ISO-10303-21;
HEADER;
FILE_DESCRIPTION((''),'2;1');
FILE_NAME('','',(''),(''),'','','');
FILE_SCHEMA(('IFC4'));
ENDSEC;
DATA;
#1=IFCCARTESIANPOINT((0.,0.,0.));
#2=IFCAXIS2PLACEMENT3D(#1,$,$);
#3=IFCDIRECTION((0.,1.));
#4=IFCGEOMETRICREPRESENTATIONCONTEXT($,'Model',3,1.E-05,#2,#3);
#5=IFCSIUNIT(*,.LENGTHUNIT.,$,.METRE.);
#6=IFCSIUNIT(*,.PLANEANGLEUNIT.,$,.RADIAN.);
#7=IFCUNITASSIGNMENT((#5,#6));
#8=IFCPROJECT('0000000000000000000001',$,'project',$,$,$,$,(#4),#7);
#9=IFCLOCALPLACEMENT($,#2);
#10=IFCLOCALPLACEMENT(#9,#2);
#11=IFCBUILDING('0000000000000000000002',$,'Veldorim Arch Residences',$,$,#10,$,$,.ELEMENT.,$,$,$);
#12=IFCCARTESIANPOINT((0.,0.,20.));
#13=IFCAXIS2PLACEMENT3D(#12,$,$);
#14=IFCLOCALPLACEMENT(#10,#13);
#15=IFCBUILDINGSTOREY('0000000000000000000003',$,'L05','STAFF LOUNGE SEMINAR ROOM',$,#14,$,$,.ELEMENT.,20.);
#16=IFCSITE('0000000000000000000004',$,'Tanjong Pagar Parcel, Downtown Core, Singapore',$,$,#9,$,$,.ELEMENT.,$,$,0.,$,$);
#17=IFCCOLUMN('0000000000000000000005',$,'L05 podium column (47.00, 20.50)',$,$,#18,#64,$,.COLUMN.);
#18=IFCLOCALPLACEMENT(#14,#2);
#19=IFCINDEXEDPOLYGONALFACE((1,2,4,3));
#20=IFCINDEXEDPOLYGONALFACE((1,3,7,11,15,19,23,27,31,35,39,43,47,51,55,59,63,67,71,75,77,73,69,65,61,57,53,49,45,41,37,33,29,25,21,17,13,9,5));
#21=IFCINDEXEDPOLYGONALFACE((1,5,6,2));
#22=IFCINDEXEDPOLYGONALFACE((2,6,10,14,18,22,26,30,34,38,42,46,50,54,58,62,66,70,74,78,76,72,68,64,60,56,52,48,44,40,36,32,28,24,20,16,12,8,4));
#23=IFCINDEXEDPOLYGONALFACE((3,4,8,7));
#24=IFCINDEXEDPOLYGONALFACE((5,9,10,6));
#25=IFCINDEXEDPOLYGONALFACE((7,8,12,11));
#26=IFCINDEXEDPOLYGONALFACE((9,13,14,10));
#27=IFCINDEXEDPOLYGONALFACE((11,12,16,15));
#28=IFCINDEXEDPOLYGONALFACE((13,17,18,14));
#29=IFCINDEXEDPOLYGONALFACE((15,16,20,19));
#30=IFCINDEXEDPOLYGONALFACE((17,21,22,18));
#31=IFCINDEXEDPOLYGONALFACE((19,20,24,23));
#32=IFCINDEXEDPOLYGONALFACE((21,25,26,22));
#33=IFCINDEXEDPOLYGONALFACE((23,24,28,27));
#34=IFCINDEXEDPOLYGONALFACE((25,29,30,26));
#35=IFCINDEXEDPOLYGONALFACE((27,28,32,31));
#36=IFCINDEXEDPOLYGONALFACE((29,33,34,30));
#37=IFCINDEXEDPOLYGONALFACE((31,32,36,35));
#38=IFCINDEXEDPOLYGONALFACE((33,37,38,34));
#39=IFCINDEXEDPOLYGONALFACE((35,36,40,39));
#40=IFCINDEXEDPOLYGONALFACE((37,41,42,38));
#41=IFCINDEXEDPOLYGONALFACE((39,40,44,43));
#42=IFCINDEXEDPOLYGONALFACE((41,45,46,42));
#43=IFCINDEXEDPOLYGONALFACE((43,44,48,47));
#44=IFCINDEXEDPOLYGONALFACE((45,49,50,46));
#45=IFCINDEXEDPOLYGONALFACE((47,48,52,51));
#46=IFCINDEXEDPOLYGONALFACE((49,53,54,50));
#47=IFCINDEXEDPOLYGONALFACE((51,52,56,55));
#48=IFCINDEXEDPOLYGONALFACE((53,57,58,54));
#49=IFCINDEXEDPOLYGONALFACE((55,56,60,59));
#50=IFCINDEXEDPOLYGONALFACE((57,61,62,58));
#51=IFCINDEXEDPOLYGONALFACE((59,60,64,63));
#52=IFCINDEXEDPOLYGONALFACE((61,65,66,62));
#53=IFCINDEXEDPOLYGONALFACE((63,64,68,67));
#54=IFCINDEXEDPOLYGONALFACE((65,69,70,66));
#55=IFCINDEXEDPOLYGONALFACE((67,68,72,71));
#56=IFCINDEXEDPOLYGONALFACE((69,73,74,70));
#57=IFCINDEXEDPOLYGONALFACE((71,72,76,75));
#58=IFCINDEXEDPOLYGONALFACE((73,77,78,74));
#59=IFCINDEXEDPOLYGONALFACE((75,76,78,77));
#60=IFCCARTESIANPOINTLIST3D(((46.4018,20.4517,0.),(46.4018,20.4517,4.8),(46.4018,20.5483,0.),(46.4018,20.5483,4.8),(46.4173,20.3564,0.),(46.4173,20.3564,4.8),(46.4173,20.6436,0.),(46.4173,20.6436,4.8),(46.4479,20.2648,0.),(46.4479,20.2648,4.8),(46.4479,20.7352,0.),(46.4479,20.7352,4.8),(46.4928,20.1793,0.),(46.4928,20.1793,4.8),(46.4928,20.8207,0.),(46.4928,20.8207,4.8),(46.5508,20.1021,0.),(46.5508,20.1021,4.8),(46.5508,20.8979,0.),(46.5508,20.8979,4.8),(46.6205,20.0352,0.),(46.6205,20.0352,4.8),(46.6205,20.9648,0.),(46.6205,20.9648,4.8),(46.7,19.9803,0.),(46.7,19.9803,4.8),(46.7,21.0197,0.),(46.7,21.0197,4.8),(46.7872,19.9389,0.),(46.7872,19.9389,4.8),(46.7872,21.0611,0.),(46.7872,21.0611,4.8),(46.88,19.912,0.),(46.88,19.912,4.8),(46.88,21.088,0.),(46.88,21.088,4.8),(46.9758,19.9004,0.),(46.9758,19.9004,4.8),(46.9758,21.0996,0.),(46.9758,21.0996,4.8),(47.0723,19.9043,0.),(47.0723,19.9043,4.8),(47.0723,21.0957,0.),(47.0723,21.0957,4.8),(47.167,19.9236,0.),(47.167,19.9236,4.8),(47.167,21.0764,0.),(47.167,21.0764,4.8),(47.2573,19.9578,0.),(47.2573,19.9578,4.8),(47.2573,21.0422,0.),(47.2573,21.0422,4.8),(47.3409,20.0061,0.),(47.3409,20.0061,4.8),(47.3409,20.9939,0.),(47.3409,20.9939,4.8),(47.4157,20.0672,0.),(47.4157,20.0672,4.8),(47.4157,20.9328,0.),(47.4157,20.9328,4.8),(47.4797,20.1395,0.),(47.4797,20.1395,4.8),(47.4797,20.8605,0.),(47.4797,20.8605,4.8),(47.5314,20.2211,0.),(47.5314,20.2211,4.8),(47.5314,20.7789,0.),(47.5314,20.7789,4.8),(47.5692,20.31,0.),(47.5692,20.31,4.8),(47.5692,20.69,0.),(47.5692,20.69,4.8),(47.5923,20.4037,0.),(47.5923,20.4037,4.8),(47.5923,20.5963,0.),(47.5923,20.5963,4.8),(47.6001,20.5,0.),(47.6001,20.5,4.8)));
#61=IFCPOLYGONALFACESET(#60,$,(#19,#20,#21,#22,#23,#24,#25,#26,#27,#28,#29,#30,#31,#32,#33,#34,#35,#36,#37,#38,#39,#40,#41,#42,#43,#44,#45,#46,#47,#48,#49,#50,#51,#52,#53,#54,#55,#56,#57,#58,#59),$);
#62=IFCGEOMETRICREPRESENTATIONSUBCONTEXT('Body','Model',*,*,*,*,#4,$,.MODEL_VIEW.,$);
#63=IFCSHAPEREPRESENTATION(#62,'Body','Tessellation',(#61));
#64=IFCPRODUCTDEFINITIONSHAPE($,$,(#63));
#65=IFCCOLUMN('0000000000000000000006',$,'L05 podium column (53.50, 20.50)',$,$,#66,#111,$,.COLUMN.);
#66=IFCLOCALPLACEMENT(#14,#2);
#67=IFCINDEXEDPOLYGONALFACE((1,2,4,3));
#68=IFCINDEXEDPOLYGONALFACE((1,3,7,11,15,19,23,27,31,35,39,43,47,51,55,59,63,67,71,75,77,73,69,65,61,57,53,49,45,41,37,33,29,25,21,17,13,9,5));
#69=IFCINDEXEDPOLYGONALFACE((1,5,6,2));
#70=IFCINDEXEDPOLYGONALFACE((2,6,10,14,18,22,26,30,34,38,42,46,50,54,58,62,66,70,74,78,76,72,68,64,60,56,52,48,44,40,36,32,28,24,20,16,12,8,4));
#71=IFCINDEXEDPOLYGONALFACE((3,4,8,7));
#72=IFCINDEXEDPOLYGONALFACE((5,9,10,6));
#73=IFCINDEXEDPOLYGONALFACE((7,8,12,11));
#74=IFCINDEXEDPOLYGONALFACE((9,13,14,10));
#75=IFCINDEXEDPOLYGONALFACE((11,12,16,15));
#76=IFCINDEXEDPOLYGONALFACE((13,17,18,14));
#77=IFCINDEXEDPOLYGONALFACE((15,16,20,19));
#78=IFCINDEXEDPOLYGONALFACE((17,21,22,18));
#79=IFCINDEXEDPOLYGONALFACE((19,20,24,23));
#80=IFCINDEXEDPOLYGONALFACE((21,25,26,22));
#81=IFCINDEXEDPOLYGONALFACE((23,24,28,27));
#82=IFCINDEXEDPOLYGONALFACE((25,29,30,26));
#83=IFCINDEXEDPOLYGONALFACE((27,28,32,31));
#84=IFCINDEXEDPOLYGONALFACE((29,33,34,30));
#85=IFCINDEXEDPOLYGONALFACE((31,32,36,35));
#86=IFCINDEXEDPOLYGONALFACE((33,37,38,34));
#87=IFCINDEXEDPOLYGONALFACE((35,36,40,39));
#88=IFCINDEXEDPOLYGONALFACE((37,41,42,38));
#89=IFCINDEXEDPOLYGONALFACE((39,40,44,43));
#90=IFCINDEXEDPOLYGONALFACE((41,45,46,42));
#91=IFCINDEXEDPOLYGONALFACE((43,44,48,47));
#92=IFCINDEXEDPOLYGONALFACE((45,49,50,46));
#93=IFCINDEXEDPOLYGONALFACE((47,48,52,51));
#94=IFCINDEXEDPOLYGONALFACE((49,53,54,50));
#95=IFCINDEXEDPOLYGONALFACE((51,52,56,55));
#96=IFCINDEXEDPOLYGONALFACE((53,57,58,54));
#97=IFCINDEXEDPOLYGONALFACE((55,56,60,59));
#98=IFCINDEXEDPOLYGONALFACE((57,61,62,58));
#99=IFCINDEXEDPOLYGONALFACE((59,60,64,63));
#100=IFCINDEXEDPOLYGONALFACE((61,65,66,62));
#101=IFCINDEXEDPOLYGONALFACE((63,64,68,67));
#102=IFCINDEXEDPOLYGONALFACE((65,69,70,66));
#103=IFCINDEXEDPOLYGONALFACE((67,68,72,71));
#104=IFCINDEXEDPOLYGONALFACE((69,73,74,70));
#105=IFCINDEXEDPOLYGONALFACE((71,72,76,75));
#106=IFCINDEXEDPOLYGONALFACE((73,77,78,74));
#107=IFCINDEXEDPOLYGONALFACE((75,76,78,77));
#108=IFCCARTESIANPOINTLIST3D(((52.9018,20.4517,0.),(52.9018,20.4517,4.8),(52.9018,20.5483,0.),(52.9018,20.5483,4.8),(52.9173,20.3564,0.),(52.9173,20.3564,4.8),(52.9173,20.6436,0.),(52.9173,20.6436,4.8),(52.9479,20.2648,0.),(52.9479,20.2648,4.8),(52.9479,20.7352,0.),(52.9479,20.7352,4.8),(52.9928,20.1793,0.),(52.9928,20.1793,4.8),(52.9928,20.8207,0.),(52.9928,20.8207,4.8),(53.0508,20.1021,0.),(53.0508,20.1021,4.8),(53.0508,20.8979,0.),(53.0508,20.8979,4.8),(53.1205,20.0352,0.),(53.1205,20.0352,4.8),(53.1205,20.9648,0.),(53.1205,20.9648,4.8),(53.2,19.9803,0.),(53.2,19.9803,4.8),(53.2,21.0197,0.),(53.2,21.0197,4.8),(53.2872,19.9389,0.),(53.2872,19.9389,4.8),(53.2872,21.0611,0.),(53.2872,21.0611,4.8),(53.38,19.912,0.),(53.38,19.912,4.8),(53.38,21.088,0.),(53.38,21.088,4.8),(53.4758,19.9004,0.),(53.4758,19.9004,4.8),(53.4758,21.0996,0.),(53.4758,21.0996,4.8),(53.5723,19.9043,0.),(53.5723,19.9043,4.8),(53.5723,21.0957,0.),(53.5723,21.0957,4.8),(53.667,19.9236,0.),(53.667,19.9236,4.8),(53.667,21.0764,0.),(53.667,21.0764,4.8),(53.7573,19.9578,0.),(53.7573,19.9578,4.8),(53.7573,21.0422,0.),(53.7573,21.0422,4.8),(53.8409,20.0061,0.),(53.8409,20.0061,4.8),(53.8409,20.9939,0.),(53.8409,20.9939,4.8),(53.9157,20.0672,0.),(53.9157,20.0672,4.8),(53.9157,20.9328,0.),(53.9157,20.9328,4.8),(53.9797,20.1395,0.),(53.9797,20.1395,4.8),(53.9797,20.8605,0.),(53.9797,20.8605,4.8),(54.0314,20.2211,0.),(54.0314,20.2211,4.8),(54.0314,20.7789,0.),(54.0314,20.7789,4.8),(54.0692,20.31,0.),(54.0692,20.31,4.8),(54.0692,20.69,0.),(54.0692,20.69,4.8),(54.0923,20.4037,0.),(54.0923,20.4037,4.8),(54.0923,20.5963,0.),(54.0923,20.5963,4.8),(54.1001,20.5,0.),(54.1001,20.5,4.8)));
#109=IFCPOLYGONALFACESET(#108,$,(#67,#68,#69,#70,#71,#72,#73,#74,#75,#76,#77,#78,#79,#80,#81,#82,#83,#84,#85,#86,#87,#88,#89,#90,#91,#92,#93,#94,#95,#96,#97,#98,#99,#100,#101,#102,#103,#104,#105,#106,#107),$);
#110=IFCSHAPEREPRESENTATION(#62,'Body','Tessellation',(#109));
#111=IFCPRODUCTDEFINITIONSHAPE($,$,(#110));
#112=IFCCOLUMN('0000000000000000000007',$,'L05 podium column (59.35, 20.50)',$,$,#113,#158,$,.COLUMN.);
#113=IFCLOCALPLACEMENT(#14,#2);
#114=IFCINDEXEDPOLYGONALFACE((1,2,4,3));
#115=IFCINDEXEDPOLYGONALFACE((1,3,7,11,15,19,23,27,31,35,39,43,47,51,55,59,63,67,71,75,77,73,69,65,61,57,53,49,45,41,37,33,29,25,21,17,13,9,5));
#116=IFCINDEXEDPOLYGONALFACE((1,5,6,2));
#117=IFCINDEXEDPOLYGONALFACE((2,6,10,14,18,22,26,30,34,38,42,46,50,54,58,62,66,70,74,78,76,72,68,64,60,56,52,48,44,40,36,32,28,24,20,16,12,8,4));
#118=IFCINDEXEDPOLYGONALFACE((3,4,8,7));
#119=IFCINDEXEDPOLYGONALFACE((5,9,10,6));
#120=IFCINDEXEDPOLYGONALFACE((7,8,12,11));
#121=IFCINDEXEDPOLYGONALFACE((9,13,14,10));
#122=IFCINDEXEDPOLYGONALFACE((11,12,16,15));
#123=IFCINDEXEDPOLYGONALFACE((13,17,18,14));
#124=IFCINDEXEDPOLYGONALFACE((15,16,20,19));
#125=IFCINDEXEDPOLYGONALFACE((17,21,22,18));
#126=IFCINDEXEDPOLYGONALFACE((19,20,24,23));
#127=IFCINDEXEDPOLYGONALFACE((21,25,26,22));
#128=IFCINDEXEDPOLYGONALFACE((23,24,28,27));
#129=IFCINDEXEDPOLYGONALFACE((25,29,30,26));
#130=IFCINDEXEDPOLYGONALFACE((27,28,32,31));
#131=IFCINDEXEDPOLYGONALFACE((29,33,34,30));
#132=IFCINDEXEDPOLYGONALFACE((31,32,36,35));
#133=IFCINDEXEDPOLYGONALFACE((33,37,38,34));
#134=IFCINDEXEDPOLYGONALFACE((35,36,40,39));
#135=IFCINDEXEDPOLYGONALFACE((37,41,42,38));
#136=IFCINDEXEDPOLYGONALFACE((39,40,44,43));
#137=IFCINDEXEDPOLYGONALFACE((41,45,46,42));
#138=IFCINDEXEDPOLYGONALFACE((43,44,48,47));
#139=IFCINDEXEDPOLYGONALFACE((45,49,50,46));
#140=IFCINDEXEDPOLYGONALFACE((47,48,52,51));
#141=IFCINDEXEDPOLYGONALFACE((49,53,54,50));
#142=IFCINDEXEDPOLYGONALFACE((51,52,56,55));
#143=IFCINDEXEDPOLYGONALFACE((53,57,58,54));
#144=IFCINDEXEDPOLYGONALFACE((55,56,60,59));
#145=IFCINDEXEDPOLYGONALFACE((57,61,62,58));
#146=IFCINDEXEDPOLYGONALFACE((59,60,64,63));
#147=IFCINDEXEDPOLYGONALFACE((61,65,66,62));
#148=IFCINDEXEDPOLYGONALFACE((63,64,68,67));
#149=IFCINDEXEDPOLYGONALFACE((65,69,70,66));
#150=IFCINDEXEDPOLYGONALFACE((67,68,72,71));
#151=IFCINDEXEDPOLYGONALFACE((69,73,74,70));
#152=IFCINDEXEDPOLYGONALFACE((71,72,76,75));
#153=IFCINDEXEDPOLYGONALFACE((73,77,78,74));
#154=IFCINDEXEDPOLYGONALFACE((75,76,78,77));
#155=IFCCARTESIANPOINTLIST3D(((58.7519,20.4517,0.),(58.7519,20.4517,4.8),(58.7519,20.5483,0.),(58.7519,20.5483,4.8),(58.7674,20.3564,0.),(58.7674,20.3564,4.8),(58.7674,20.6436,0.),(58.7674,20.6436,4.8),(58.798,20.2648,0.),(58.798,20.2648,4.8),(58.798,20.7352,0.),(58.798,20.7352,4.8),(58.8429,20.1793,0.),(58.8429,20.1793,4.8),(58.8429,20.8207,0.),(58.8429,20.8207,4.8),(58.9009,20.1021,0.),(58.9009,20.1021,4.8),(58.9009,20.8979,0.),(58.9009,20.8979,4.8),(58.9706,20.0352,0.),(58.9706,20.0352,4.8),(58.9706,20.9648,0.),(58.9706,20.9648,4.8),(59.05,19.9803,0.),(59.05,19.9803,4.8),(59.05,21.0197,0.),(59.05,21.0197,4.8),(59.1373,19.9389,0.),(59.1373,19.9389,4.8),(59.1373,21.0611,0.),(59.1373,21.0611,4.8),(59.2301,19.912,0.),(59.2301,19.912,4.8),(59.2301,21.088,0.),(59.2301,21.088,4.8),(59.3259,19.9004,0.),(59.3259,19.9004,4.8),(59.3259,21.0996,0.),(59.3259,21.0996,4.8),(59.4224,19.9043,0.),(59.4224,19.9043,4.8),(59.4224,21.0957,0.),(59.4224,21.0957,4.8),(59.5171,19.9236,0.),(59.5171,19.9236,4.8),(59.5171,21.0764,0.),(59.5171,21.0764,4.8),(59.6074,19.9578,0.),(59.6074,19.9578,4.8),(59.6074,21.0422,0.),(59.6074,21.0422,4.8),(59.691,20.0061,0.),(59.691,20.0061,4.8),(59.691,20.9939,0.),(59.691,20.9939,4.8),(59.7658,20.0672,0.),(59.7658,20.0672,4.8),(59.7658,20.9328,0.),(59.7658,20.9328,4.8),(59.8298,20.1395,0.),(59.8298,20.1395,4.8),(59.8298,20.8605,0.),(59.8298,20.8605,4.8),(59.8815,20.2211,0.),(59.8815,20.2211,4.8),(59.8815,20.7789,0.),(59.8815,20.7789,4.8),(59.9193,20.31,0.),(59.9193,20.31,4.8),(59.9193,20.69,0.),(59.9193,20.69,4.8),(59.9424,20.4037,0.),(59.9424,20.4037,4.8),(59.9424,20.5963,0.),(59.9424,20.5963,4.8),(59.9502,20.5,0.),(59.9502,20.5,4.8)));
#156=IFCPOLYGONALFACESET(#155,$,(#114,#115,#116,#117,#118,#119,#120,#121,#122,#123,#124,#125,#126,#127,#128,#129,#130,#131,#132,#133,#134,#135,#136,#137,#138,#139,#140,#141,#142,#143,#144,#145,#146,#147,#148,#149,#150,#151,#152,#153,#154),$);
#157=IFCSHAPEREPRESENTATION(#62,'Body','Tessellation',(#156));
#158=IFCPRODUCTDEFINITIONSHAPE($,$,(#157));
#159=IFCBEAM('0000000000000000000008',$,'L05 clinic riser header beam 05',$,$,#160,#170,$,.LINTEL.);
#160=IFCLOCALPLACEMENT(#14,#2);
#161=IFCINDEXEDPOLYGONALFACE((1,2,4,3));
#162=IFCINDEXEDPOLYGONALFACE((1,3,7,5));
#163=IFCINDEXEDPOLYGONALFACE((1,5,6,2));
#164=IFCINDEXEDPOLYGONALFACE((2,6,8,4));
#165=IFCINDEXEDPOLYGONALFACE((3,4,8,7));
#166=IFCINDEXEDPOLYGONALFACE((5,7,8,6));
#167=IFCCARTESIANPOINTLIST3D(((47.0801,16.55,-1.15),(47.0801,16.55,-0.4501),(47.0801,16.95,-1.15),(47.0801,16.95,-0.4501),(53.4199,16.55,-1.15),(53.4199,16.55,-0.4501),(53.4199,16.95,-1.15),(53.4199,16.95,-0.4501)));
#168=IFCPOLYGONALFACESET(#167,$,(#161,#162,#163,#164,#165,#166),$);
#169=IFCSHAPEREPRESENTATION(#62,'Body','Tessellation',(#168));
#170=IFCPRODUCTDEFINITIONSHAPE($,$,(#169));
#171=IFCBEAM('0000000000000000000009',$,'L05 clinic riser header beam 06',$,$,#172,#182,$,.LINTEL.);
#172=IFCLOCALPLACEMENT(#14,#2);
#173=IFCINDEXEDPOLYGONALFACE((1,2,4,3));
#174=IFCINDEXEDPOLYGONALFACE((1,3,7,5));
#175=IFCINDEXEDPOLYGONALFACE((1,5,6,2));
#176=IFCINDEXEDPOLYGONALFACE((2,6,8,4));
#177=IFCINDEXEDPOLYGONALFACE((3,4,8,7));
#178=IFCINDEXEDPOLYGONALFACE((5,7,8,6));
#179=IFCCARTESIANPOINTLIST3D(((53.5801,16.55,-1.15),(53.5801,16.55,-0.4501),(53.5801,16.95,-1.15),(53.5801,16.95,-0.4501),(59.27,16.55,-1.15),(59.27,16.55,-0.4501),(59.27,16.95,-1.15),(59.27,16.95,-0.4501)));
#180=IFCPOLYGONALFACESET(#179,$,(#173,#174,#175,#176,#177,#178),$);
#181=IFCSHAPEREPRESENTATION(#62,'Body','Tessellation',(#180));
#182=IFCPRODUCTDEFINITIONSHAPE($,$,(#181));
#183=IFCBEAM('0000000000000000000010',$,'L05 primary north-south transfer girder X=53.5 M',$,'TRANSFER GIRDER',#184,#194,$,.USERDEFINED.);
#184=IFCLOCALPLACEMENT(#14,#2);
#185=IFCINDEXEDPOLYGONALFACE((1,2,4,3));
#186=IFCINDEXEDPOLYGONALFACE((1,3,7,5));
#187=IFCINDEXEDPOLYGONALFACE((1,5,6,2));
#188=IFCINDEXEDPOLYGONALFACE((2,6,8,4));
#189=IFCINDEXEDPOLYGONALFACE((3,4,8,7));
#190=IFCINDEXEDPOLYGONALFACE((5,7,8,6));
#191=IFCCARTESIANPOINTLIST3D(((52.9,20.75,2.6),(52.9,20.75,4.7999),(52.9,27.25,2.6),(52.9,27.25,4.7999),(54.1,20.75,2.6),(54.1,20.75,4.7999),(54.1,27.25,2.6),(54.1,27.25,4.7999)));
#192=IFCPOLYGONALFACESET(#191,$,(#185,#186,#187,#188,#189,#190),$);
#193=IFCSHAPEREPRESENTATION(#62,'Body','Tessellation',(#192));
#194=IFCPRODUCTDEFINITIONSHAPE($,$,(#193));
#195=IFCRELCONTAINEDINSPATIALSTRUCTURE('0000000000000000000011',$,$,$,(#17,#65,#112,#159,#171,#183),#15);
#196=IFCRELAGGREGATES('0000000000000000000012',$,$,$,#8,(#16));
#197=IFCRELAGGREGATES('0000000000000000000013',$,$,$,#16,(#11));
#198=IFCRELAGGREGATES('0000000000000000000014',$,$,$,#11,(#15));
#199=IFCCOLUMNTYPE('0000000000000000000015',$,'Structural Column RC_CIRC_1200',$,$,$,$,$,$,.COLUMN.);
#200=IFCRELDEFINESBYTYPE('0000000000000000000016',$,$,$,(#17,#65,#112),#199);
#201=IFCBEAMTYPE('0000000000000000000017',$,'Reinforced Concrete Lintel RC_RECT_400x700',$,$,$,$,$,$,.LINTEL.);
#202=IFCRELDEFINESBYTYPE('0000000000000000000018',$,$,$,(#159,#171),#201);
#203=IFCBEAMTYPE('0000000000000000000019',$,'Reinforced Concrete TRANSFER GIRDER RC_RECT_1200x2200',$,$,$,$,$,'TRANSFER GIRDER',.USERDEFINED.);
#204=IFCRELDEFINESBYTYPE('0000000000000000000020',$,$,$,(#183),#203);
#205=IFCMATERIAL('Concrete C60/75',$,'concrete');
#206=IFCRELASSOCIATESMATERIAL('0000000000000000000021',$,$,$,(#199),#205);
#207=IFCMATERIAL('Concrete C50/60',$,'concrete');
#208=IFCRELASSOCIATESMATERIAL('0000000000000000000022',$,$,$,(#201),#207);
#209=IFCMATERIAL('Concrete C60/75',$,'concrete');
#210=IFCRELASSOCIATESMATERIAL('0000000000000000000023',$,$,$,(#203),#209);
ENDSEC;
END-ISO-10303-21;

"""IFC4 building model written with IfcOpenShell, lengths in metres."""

from ifc_helpers import new_model, si_unit, direction, frame, origin, origin_2d, place, context, subcontext, project, spatial, rectangle, circle, extrude, material, material_profile, profile_set, type_object, element, save


model = new_model("IFC4")

# Units and contexts
model_context = context("Model", 3, precision=1e-05, world=origin(), true_north=direction((0.0, 1.0)))
body_context = subcontext(model_context, "Body", "Model", "MODEL_VIEW")
ifc_project = project(units=[si_unit("LENGTHUNIT", "METRE"), si_unit("PLANEANGLEUNIT", "RADIAN")], contexts=[model_context])

# Site, building, storey
site_placement = place(None, origin())
site = spatial("IfcSite", under=ifc_project, at=site_placement, Name="Tanjong Pagar Parcel, Downtown Core, Singapore", CompositionType="ELEMENT", RefElevation=0.0)
building_placement = place(site_placement, origin())
building = spatial("IfcBuilding", under=site, at=building_placement, Name="Veldorim Arch Residences", CompositionType="ELEMENT")
storey_placement = place(building_placement, frame((0.0, 0.0, 20.0)))
storey = spatial("IfcBuildingStorey", under=building, at=storey_placement, Name="L05", Description="STAFF LOUNGE SEMINAR ROOM", CompositionType="ELEMENT", Elevation=20.0)

# Columns
ifc_material_1 = material(Name="Concrete C60/75", Category="concrete")
ifc_material_profile_1 = material_profile(ifc_material_1, circle(Radius=0.6001, at=origin_2d()), Name="RC_CIRC_1200")
ifc_profile_set_1 = profile_set([ifc_material_profile_1], Name="Concrete C60/75")
column_type = type_object("IfcColumnType", Name="Structural Column RC_CIRC_1200", PredefinedType="COLUMN", material=ifc_profile_set_1)
for number, where, z_axis, x_axis, name in (
    (1, (47.0, 20.5, 0.0), (0.0, 0.0, 1.0), (1.0, 0.0, 0.0), "L05 podium column (47.00, 20.50)"),
    (2, (53.5, 20.5, 0.0), (0.0, 0.0, 1.0), (1.0, 0.0, 0.0), "L05 podium column (53.50, 20.50)"),
    (3, (59.3501, 20.5, 0.0), (0.0, 0.0, 1.0), (1.0, 0.0, 0.0), "L05 podium column (59.35, 20.50)"),
):
    element("IfcColumn", number, at=place(storey_placement, frame(where, z_axis=z_axis, x_axis=x_axis)), inside=storey, type_object=column_type, Name=name, PredefinedType="COLUMN", context=body_context, shape_type="SweptSolid", body=[
        extrude(circle(Radius=0.6001, at=origin_2d()), origin(), (0.0, 0.0, 1.0), 4.8),
    ])

# Beams
ifc_material_2 = material(Name="Concrete C50/60", Category="concrete")
ifc_material_profile_2 = material_profile(ifc_material_2, rectangle(XDim=0.3999, YDim=0.7, at=origin_2d()), Name="RC_RECT_400x700")
ifc_profile_set_2 = profile_set([ifc_material_profile_2], Name="Concrete C50/60")
beam_type_1 = type_object("IfcBeamType", Name="Reinforced Concrete Lintel RC_RECT_400x700", PredefinedType="LINTEL", material=ifc_profile_set_2)
beam_1_placement = place(storey_placement, frame((47.0801, 16.75, -0.8), z_axis=(1.0, 0.0, 0.0), x_axis=(0.0, 1.0, 0.0)))
element("IfcBeam", 4, at=beam_1_placement, inside=storey, type_object=beam_type_1, Name="L05 clinic riser header beam 05", PredefinedType="LINTEL", context=body_context, shape_type="SweptSolid", body=[
    extrude(rectangle(XDim=0.3999, YDim=0.7, at=origin_2d()), origin(), (0.0, 0.0, 1.0), 6.3398),
])
beam_2_placement = place(storey_placement, frame((53.5801, 16.75, -0.8), z_axis=(1.0, 0.0, 0.0), x_axis=(0.0, 1.0, 0.0)))
element("IfcBeam", 5, at=beam_2_placement, inside=storey, type_object=beam_type_1, Name="L05 clinic riser header beam 06", PredefinedType="LINTEL", context=body_context, shape_type="SweptSolid", body=[
    extrude(rectangle(XDim=0.3999, YDim=0.7, at=origin_2d()), origin(), (0.0, 0.0, 1.0), 5.6899),
])
ifc_material_3 = material(Name="Concrete C60/75", Category="concrete")
ifc_material_profile_3 = material_profile(ifc_material_3, rectangle(XDim=1.2, YDim=2.2, at=origin_2d()), Name="RC_RECT_1200x2200")
ifc_profile_set_3 = profile_set([ifc_material_profile_3], Name="Concrete C60/75")
beam_type_2 = type_object("IfcBeamType", Name="Reinforced Concrete TRANSFER GIRDER RC_RECT_1200x2200", ElementType="TRANSFER GIRDER", PredefinedType="USERDEFINED", material=ifc_profile_set_3)
beam_3_placement = place(storey_placement, frame((53.5, 20.75, 3.7), z_axis=(0.0, 1.0, 0.0), x_axis=(-1.0, 0.0, 0.0)))
element("IfcBeam", 6, at=beam_3_placement, inside=storey, type_object=beam_type_2, Name="L05 primary north-south transfer girder X=53.5 M", ObjectType="TRANSFER GIRDER", PredefinedType="USERDEFINED", context=body_context, shape_type="SweptSolid", body=[
    extrude(rectangle(XDim=1.2, YDim=2.2, at=origin_2d()), origin(), (0.0, 0.0, 1.0), 6.5),
])

save(model, "model.ifc")
